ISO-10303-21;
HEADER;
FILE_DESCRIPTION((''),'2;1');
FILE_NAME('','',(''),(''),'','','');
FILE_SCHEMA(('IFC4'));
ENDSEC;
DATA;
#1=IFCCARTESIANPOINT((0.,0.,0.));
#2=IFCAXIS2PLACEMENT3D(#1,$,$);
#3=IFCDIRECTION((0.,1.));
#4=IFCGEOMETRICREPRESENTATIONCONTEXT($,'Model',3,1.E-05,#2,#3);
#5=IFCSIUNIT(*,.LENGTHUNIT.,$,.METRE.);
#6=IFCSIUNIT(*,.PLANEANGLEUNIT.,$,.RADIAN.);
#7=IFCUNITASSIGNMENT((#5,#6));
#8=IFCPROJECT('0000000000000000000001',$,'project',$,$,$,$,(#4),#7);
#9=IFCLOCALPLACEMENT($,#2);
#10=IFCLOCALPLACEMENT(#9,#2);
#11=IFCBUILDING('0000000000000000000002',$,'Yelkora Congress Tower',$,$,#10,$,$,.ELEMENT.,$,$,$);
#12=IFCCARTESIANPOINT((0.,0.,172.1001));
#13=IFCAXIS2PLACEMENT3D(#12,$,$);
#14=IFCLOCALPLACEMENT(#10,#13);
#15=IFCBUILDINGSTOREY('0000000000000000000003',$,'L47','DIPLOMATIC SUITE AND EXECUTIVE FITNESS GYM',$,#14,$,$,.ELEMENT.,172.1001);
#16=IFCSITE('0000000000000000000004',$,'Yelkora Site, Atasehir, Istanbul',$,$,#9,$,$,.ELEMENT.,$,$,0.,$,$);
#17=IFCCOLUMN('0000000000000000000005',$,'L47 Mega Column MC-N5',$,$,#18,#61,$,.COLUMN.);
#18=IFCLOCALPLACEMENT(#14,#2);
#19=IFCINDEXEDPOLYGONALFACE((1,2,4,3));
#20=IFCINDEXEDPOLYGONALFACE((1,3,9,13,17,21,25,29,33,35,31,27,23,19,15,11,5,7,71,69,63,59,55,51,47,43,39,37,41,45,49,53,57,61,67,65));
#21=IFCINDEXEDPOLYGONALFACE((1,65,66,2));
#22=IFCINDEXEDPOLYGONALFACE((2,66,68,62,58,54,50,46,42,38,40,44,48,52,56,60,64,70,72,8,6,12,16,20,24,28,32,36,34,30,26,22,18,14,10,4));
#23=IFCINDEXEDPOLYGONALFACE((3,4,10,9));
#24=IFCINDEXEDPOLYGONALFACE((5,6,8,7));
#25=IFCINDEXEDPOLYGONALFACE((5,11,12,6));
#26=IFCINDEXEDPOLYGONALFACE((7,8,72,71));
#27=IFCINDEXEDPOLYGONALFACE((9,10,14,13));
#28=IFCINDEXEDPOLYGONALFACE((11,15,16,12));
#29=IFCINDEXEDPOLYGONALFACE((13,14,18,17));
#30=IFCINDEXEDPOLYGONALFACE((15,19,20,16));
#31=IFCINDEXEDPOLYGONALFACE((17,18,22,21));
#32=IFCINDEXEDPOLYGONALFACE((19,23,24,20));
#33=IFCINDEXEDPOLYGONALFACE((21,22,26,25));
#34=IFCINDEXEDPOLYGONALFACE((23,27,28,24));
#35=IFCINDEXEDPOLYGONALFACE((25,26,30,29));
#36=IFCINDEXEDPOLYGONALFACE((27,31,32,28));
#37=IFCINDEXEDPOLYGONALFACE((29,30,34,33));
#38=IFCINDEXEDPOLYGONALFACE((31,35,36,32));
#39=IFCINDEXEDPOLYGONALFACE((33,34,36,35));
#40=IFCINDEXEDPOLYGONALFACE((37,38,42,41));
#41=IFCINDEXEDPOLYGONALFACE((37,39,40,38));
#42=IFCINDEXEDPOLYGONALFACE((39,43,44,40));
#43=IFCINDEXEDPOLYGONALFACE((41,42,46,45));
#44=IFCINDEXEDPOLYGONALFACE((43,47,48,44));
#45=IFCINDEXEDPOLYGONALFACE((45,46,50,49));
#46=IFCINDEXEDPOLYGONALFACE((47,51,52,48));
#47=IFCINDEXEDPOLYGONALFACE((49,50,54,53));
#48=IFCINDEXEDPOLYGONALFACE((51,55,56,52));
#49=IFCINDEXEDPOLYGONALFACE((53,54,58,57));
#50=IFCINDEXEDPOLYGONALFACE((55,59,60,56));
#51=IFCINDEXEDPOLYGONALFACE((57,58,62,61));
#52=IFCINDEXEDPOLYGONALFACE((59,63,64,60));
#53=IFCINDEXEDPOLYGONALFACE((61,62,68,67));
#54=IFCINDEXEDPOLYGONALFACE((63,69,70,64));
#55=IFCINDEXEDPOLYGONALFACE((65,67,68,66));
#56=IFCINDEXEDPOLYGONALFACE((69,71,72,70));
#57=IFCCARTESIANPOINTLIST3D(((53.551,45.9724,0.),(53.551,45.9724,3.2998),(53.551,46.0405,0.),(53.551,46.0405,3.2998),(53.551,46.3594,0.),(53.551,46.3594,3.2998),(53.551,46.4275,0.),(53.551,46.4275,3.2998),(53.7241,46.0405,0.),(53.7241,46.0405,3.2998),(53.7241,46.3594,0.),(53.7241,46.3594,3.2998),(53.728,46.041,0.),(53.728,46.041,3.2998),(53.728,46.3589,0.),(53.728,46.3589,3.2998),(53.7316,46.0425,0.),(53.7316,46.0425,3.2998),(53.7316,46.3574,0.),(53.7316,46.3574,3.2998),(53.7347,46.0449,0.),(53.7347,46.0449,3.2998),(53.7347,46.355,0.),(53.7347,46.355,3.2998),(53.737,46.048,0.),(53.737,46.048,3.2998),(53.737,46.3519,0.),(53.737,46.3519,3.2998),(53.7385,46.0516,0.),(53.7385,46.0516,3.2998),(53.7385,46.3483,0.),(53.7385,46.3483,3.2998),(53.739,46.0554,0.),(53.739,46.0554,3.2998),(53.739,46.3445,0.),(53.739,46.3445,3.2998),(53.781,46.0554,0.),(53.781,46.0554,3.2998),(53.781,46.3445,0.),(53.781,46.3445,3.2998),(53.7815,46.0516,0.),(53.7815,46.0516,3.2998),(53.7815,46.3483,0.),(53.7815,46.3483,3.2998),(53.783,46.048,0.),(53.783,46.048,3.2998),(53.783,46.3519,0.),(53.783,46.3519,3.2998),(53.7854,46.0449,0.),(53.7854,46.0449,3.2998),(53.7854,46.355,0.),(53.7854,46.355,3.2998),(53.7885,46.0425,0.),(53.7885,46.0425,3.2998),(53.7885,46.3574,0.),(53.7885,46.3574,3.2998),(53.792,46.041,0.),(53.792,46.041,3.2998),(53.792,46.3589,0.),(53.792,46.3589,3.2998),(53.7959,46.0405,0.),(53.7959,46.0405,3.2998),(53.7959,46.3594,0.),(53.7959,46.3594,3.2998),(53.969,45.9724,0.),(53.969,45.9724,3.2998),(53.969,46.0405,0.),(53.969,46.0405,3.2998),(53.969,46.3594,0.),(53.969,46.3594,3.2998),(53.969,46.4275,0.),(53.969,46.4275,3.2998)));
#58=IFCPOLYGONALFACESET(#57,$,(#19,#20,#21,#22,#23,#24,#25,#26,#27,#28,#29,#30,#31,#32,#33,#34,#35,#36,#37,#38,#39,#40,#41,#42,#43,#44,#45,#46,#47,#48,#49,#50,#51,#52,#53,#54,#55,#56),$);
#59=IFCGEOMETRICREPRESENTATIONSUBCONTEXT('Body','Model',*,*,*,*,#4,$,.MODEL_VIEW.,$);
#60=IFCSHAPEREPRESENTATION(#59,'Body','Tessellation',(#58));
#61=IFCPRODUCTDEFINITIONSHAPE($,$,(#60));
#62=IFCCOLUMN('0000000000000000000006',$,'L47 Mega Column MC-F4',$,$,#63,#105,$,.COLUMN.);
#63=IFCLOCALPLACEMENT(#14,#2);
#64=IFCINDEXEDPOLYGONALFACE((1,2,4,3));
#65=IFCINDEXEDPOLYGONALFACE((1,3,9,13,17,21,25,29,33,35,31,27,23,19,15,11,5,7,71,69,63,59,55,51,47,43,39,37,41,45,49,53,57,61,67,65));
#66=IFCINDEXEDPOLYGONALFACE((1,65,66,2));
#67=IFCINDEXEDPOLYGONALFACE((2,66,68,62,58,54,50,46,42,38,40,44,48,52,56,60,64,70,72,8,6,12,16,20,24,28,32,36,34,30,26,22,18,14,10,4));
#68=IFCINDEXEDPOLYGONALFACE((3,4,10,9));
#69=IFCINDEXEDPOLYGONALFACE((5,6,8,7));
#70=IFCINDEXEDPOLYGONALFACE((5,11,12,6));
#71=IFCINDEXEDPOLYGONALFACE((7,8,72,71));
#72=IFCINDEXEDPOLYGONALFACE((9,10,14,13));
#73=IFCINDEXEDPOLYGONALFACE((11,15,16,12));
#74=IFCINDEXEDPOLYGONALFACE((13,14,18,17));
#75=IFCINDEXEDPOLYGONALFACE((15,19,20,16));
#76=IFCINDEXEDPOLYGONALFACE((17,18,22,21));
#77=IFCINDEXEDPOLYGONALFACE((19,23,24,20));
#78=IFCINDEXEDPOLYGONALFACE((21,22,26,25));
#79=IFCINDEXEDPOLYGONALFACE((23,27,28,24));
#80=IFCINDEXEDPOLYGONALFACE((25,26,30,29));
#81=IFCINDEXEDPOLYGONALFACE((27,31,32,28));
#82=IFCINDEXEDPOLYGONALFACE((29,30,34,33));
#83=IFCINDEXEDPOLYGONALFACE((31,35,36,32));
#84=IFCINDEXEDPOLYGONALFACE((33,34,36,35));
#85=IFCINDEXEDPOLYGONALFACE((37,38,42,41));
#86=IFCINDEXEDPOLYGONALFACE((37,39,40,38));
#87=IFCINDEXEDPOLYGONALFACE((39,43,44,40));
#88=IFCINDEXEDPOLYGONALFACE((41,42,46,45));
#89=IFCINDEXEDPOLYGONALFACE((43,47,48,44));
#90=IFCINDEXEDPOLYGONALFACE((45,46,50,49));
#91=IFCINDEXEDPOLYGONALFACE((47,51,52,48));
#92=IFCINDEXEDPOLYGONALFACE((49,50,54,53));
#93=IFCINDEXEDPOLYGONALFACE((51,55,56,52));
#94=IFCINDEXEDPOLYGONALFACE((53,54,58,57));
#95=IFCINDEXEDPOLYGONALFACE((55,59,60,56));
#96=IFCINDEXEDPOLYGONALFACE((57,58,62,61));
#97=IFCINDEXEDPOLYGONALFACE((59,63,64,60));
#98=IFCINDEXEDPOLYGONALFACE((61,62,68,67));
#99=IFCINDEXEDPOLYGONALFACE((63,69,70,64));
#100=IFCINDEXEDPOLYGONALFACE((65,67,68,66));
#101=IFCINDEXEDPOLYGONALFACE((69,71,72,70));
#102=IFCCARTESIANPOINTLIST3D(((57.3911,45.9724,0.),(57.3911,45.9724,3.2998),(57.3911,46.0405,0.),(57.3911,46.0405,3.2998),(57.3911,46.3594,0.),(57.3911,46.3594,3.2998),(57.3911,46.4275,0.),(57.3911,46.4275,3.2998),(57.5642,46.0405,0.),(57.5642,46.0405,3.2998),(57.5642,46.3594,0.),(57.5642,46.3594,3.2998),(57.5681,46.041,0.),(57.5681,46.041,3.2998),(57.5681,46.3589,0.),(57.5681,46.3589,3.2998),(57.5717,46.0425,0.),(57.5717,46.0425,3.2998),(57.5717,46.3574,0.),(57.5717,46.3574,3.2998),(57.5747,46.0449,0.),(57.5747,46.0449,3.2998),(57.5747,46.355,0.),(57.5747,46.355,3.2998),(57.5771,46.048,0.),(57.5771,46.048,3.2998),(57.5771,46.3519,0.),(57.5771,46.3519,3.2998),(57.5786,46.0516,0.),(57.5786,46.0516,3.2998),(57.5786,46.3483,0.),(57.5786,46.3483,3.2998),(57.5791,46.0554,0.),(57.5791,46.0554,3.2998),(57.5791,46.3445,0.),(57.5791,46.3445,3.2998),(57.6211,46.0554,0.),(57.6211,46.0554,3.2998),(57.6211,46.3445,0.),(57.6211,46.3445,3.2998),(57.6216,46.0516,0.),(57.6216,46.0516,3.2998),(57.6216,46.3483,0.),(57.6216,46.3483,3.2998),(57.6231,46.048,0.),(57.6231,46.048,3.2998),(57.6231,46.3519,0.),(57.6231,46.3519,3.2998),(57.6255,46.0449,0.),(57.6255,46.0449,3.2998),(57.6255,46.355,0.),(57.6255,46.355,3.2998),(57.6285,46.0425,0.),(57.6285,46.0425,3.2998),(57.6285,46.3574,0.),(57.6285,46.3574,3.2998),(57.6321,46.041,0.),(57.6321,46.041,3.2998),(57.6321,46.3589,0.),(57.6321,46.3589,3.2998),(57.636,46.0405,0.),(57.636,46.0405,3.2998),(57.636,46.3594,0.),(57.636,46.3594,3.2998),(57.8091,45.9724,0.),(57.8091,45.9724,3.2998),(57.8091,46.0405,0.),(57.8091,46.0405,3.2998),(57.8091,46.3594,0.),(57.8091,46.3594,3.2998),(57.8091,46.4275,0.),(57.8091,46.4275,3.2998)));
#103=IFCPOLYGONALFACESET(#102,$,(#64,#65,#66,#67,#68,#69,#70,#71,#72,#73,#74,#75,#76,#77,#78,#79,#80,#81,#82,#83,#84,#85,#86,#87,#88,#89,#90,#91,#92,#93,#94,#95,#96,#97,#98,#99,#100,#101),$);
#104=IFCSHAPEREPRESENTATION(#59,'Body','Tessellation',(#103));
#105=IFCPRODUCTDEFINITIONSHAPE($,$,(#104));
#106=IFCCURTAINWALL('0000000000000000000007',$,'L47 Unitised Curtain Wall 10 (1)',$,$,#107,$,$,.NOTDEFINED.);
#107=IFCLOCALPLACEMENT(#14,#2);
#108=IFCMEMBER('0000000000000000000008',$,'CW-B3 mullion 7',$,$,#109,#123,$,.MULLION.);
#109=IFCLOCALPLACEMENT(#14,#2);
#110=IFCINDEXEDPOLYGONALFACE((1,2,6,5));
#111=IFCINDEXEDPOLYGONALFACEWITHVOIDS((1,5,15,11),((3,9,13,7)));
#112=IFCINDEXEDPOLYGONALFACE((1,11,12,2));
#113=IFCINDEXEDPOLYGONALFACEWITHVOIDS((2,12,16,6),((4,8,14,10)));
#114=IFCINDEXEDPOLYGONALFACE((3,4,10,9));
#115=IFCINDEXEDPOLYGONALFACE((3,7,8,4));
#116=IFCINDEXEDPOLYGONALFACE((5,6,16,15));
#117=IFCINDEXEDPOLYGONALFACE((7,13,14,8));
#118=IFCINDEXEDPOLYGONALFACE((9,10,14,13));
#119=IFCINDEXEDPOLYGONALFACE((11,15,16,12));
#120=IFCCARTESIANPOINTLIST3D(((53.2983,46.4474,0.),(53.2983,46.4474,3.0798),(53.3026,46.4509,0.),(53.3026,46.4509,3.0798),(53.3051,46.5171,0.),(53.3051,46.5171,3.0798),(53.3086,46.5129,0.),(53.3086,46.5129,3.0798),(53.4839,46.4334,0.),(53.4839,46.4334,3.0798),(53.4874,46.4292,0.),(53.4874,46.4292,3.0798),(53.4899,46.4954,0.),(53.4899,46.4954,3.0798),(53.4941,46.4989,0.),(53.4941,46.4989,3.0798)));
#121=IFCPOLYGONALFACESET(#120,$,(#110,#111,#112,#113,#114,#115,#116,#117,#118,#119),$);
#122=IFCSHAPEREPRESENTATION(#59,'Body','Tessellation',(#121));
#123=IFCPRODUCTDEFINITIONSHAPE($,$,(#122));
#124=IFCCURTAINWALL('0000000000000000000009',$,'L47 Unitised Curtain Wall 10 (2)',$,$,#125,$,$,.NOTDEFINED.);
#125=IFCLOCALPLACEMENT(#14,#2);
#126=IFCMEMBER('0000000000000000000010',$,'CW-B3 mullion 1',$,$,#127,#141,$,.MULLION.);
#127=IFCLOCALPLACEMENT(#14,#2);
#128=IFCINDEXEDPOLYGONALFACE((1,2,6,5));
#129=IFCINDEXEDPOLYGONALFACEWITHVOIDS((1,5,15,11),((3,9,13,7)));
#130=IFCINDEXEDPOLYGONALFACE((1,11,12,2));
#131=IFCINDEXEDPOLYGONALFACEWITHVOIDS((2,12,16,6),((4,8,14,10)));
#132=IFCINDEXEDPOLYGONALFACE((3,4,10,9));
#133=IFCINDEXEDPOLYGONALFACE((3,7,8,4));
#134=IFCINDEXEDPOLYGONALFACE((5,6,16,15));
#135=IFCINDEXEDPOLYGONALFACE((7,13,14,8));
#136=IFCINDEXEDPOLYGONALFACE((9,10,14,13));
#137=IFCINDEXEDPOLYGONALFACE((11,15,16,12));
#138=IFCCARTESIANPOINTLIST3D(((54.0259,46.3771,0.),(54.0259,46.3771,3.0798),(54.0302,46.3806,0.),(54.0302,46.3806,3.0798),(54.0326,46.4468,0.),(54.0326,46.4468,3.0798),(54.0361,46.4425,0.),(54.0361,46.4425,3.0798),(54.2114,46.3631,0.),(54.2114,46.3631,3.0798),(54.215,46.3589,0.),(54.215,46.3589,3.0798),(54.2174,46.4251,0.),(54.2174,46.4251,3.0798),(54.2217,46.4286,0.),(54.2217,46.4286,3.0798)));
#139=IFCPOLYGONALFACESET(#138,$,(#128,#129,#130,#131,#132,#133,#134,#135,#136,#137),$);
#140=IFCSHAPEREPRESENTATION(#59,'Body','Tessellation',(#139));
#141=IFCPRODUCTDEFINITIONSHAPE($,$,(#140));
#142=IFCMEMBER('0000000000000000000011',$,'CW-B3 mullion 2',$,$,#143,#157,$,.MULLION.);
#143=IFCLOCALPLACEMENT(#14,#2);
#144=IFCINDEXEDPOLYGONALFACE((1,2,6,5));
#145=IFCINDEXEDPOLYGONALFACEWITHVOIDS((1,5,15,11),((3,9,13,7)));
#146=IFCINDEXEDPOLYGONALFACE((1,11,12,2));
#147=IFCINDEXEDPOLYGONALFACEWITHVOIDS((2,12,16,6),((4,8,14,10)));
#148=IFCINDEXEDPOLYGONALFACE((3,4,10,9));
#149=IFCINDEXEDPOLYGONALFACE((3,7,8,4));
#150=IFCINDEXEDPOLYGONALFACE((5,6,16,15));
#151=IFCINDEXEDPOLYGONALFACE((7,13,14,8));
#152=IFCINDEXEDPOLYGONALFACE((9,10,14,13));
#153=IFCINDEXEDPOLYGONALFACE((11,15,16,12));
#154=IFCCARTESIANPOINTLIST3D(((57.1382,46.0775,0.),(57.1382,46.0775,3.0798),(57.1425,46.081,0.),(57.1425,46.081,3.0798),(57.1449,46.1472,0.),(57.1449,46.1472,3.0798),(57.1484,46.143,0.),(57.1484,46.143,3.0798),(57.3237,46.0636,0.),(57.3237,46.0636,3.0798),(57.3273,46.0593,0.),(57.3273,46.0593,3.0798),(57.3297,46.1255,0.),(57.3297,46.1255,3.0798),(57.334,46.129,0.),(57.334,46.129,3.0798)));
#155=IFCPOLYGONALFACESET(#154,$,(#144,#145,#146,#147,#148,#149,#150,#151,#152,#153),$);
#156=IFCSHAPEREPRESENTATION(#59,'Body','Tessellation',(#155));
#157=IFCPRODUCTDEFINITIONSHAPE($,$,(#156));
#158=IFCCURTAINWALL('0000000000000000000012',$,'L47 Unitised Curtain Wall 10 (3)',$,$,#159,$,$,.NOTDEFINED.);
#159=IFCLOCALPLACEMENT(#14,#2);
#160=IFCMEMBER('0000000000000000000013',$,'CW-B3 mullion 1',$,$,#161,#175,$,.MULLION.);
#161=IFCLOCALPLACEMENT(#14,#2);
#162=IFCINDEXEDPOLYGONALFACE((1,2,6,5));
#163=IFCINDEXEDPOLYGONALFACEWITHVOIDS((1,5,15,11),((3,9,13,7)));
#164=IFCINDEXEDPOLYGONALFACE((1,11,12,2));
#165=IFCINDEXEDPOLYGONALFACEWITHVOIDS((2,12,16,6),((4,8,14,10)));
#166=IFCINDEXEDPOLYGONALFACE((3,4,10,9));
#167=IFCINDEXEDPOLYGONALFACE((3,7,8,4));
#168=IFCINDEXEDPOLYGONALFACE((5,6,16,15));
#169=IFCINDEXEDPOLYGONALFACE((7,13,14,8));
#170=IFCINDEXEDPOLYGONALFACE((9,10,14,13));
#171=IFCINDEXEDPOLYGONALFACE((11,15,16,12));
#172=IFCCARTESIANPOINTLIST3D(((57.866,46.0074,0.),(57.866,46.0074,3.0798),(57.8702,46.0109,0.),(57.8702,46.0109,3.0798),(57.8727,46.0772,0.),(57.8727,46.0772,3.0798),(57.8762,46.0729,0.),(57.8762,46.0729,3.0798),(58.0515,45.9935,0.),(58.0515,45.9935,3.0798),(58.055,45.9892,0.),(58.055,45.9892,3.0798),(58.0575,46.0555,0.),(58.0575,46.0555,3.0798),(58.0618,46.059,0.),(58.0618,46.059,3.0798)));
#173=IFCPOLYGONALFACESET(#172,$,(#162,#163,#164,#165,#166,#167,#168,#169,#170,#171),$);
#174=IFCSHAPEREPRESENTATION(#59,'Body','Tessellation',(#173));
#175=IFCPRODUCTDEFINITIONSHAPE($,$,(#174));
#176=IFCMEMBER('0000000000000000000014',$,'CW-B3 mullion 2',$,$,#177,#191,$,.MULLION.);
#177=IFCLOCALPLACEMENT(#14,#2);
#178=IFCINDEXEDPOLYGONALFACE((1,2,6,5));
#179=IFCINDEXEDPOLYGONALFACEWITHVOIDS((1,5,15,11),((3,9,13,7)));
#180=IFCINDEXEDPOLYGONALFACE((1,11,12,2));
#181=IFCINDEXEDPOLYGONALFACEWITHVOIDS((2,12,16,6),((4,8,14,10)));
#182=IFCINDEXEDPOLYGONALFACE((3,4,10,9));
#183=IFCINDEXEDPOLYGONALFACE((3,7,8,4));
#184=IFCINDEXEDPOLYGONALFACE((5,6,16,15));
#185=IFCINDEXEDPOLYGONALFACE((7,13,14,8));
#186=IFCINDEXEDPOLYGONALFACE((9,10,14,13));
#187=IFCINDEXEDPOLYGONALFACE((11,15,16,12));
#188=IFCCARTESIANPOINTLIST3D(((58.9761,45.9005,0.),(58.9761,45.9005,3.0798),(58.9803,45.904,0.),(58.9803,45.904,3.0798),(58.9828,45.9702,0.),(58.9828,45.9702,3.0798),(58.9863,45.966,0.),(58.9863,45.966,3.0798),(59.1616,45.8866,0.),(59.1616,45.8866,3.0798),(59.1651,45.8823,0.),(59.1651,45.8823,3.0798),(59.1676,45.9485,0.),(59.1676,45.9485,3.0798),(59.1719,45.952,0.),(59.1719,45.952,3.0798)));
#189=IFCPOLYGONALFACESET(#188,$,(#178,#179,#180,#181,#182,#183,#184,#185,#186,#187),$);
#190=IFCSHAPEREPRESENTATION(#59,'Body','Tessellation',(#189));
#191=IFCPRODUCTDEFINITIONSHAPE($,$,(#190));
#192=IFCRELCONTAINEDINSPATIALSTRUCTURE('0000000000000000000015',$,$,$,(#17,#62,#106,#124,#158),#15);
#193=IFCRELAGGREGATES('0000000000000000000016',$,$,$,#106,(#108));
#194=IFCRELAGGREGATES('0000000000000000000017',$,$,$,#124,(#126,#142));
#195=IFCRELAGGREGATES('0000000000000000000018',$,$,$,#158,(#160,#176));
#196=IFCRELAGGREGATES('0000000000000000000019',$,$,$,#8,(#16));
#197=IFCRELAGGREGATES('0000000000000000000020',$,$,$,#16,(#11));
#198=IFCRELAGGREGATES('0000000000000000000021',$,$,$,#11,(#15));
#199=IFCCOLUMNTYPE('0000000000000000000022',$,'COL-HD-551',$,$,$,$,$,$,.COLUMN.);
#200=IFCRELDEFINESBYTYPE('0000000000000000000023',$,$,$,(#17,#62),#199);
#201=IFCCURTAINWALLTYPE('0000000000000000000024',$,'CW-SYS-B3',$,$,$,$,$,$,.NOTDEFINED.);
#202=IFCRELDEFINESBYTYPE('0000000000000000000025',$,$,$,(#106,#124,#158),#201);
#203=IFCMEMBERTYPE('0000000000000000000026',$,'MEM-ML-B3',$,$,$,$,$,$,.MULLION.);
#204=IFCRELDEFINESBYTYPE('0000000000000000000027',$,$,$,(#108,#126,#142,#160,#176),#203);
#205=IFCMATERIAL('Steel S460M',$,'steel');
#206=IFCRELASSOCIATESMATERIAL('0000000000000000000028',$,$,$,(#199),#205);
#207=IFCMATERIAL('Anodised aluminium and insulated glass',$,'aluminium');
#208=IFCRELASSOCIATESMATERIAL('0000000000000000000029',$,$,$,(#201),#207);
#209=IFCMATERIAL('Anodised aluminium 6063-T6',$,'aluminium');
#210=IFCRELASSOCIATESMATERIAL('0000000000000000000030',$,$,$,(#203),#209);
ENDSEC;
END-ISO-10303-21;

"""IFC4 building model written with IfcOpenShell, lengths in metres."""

from ifc_helpers import new_model, si_unit, direction, frame, origin, origin_2d, place, context, subcontext, project, spatial, hollow_rectangle, i_section, extrude, material, material_profile, profile_set, type_object, element, aggregate, save


model = new_model("IFC4")

# Units and contexts
model_context = context("Model", 3, precision=1e-05, world=origin(), true_north=direction((0.0, 1.0)))
body_context = subcontext(model_context, "Body", "Model", "MODEL_VIEW")
ifc_project = project(units=[si_unit("LENGTHUNIT", "METRE"), si_unit("PLANEANGLEUNIT", "RADIAN")], contexts=[model_context])

# Site, building, storey
site_placement = place(None, origin())
site = spatial("IfcSite", under=ifc_project, at=site_placement, Name="Yelkora Site, Atasehir, Istanbul", CompositionType="ELEMENT", RefElevation=0.0)
building_placement = place(site_placement, origin())
building = spatial("IfcBuilding", under=site, at=building_placement, Name="Yelkora Congress Tower", CompositionType="ELEMENT")
storey_placement = place(building_placement, frame((0.0, 0.0, 172.1001)))
storey = spatial("IfcBuildingStorey", under=building, at=storey_placement, Name="L47", Description="DIPLOMATIC SUITE AND EXECUTIVE FITNESS GYM", CompositionType="ELEMENT", Elevation=172.1001)

# Columns
ifc_material_1 = material(Name="Steel S460M", Category="steel")
ifc_material_profile_1 = material_profile(ifc_material_1, i_section(OverallWidth=0.418, OverallDepth=0.4551, WebThickness=0.042, FlangeThickness=0.0681, FilletRadius=0.0149, at=origin_2d()), Name="HD 400x551")
ifc_profile_set_1 = profile_set([ifc_material_profile_1], Name="Steel S460M")
column_type = type_object("IfcColumnType", Name="COL-HD-551", PredefinedType="COLUMN", material=ifc_profile_set_1)
for number, where, z_axis, x_axis, name in (
    (1, (53.76, 46.2, 0.0), (0.0, 0.0, 1.0), (1.0, 0.0, 0.0), "L47 Mega Column MC-N5"),
    (2, (57.6001, 46.2, 0.0), (0.0, 0.0, 1.0), (1.0, 0.0, 0.0), "L47 Mega Column MC-F4"),
):
    element("IfcColumn", number, at=place(storey_placement, frame(where, z_axis=z_axis, x_axis=x_axis)), inside=storey, type_object=column_type, Name=name, PredefinedType="COLUMN", context=body_context, shape_type="SweptSolid", body=[
        extrude(i_section(OverallWidth=0.418, OverallDepth=0.4551, WebThickness=0.042, FlangeThickness=0.0681, FilletRadius=0.0149, at=origin_2d()), origin(), (0.0, 0.0, 1.0), 3.2998),
    ])

# Curtain wall, member
ifc_material_2 = material(Name="Anodised aluminium and insulated glass", Category="aluminium")
curtain_wall_type = type_object("IfcCurtainWallType", Name="CW-SYS-B3", PredefinedType="NOTDEFINED", material=ifc_material_2)
curtain_wall_1_placement = place(storey_placement, origin())
curtain_wall_1 = element("IfcCurtainWall", 3, at=curtain_wall_1_placement, inside=storey, type_object=curtain_wall_type, Name="L47 Unitised Curtain Wall 10 (1)", PredefinedType="NOTDEFINED")
ifc_material_3 = material(Name="Anodised aluminium 6063-T6", Category="aluminium")
ifc_material_profile_2 = material_profile(ifc_material_3, hollow_rectangle(XDim=0.0701, YDim=0.1899, WallThickness=0.0039, at=origin_2d()), Name="ALU 70x190x4")
ifc_profile_set_2 = profile_set([ifc_material_profile_2], Name="Anodised aluminium 6063-T6")
member_type_1 = type_object("IfcMemberType", Name="MEM-ML-B3", PredefinedType="MULLION", material=ifc_profile_set_2)
member_1_placement = place(storey_placement, frame((53.3962, 46.4731, 0.0), z_axis=(0.0, 0.0, 1.0), x_axis=(0.095845, 0.995396, 0.0)))
member_1 = element("IfcMember", 4, at=member_1_placement, type_object=member_type_1, Name="CW-B3 mullion 7", PredefinedType="MULLION", context=body_context, shape_type="SweptSolid", body=[
    extrude(hollow_rectangle(XDim=0.0701, YDim=0.1899, WallThickness=0.0039, at=origin_2d()), origin(), (0.0, 0.0, 1.0), 3.0798),
])
aggregate(curtain_wall_1, [member_1])

# Curtain walls, members
curtain_wall_2_placement = place(storey_placement, origin())
curtain_wall_2 = element("IfcCurtainWall", 5, at=curtain_wall_2_placement, inside=storey, type_object=curtain_wall_type, Name="L47 Unitised Curtain Wall 10 (2)", PredefinedType="NOTDEFINED")
member_2_placement = place(storey_placement, frame((54.1238, 46.4028, 0.0), z_axis=(0.0, 0.0, 1.0), x_axis=(0.095848, 0.995396, 0.0)))
member_2 = element("IfcMember", 6, at=member_2_placement, type_object=member_type_1, Name="CW-B3 mullion 1", PredefinedType="MULLION", context=body_context, shape_type="SweptSolid", body=[
    extrude(hollow_rectangle(XDim=0.0701, YDim=0.1899, WallThickness=0.0039, at=origin_2d()), origin(), (0.0, 0.0, 1.0), 3.0798),
])
member_3_placement = place(storey_placement, frame((57.2361, 46.1033, 0.0), z_axis=(0.0, 0.0, 1.0), x_axis=(0.095848, 0.995396, 0.0)))
member_3 = element("IfcMember", 7, at=member_3_placement, type_object=member_type_1, Name="CW-B3 mullion 2", PredefinedType="MULLION", context=body_context, shape_type="SweptSolid", body=[
    extrude(hollow_rectangle(XDim=0.0701, YDim=0.1899, WallThickness=0.0039, at=origin_2d()), origin(), (0.0, 0.0, 1.0), 3.0798),
])
curtain_wall_3_placement = place(storey_placement, origin())
curtain_wall_3 = element("IfcCurtainWall", 8, at=curtain_wall_3_placement, inside=storey, type_object=curtain_wall_type, Name="L47 Unitised Curtain Wall 10 (3)", PredefinedType="NOTDEFINED")
member_4_placement = place(storey_placement, frame((57.9639, 46.0332, 0.0), z_axis=(0.0, 0.0, 1.0), x_axis=(0.095852, 0.995396, 0.0)))
member_4 = element("IfcMember", 9, at=member_4_placement, type_object=member_type_1, Name="CW-B3 mullion 1", PredefinedType="MULLION", context=body_context, shape_type="SweptSolid", body=[
    extrude(hollow_rectangle(XDim=0.0701, YDim=0.1899, WallThickness=0.0039, at=origin_2d()), origin(), (0.0, 0.0, 1.0), 3.0798),
])
member_5_placement = place(storey_placement, frame((59.074, 45.9263, 0.0), z_axis=(0.0, 0.0, 1.0), x_axis=(0.095852, 0.995396, 0.0)))
member_5 = element("IfcMember", 10, at=member_5_placement, type_object=member_type_1, Name="CW-B3 mullion 2", PredefinedType="MULLION", context=body_context, shape_type="SweptSolid", body=[
    extrude(hollow_rectangle(XDim=0.0701, YDim=0.1899, WallThickness=0.0039, at=origin_2d()), origin(), (0.0, 0.0, 1.0), 3.0798),
])

aggregate(curtain_wall_2, [member_2, member_3])
aggregate(curtain_wall_3, [member_4, member_5])

save(model, "model.ifc")
